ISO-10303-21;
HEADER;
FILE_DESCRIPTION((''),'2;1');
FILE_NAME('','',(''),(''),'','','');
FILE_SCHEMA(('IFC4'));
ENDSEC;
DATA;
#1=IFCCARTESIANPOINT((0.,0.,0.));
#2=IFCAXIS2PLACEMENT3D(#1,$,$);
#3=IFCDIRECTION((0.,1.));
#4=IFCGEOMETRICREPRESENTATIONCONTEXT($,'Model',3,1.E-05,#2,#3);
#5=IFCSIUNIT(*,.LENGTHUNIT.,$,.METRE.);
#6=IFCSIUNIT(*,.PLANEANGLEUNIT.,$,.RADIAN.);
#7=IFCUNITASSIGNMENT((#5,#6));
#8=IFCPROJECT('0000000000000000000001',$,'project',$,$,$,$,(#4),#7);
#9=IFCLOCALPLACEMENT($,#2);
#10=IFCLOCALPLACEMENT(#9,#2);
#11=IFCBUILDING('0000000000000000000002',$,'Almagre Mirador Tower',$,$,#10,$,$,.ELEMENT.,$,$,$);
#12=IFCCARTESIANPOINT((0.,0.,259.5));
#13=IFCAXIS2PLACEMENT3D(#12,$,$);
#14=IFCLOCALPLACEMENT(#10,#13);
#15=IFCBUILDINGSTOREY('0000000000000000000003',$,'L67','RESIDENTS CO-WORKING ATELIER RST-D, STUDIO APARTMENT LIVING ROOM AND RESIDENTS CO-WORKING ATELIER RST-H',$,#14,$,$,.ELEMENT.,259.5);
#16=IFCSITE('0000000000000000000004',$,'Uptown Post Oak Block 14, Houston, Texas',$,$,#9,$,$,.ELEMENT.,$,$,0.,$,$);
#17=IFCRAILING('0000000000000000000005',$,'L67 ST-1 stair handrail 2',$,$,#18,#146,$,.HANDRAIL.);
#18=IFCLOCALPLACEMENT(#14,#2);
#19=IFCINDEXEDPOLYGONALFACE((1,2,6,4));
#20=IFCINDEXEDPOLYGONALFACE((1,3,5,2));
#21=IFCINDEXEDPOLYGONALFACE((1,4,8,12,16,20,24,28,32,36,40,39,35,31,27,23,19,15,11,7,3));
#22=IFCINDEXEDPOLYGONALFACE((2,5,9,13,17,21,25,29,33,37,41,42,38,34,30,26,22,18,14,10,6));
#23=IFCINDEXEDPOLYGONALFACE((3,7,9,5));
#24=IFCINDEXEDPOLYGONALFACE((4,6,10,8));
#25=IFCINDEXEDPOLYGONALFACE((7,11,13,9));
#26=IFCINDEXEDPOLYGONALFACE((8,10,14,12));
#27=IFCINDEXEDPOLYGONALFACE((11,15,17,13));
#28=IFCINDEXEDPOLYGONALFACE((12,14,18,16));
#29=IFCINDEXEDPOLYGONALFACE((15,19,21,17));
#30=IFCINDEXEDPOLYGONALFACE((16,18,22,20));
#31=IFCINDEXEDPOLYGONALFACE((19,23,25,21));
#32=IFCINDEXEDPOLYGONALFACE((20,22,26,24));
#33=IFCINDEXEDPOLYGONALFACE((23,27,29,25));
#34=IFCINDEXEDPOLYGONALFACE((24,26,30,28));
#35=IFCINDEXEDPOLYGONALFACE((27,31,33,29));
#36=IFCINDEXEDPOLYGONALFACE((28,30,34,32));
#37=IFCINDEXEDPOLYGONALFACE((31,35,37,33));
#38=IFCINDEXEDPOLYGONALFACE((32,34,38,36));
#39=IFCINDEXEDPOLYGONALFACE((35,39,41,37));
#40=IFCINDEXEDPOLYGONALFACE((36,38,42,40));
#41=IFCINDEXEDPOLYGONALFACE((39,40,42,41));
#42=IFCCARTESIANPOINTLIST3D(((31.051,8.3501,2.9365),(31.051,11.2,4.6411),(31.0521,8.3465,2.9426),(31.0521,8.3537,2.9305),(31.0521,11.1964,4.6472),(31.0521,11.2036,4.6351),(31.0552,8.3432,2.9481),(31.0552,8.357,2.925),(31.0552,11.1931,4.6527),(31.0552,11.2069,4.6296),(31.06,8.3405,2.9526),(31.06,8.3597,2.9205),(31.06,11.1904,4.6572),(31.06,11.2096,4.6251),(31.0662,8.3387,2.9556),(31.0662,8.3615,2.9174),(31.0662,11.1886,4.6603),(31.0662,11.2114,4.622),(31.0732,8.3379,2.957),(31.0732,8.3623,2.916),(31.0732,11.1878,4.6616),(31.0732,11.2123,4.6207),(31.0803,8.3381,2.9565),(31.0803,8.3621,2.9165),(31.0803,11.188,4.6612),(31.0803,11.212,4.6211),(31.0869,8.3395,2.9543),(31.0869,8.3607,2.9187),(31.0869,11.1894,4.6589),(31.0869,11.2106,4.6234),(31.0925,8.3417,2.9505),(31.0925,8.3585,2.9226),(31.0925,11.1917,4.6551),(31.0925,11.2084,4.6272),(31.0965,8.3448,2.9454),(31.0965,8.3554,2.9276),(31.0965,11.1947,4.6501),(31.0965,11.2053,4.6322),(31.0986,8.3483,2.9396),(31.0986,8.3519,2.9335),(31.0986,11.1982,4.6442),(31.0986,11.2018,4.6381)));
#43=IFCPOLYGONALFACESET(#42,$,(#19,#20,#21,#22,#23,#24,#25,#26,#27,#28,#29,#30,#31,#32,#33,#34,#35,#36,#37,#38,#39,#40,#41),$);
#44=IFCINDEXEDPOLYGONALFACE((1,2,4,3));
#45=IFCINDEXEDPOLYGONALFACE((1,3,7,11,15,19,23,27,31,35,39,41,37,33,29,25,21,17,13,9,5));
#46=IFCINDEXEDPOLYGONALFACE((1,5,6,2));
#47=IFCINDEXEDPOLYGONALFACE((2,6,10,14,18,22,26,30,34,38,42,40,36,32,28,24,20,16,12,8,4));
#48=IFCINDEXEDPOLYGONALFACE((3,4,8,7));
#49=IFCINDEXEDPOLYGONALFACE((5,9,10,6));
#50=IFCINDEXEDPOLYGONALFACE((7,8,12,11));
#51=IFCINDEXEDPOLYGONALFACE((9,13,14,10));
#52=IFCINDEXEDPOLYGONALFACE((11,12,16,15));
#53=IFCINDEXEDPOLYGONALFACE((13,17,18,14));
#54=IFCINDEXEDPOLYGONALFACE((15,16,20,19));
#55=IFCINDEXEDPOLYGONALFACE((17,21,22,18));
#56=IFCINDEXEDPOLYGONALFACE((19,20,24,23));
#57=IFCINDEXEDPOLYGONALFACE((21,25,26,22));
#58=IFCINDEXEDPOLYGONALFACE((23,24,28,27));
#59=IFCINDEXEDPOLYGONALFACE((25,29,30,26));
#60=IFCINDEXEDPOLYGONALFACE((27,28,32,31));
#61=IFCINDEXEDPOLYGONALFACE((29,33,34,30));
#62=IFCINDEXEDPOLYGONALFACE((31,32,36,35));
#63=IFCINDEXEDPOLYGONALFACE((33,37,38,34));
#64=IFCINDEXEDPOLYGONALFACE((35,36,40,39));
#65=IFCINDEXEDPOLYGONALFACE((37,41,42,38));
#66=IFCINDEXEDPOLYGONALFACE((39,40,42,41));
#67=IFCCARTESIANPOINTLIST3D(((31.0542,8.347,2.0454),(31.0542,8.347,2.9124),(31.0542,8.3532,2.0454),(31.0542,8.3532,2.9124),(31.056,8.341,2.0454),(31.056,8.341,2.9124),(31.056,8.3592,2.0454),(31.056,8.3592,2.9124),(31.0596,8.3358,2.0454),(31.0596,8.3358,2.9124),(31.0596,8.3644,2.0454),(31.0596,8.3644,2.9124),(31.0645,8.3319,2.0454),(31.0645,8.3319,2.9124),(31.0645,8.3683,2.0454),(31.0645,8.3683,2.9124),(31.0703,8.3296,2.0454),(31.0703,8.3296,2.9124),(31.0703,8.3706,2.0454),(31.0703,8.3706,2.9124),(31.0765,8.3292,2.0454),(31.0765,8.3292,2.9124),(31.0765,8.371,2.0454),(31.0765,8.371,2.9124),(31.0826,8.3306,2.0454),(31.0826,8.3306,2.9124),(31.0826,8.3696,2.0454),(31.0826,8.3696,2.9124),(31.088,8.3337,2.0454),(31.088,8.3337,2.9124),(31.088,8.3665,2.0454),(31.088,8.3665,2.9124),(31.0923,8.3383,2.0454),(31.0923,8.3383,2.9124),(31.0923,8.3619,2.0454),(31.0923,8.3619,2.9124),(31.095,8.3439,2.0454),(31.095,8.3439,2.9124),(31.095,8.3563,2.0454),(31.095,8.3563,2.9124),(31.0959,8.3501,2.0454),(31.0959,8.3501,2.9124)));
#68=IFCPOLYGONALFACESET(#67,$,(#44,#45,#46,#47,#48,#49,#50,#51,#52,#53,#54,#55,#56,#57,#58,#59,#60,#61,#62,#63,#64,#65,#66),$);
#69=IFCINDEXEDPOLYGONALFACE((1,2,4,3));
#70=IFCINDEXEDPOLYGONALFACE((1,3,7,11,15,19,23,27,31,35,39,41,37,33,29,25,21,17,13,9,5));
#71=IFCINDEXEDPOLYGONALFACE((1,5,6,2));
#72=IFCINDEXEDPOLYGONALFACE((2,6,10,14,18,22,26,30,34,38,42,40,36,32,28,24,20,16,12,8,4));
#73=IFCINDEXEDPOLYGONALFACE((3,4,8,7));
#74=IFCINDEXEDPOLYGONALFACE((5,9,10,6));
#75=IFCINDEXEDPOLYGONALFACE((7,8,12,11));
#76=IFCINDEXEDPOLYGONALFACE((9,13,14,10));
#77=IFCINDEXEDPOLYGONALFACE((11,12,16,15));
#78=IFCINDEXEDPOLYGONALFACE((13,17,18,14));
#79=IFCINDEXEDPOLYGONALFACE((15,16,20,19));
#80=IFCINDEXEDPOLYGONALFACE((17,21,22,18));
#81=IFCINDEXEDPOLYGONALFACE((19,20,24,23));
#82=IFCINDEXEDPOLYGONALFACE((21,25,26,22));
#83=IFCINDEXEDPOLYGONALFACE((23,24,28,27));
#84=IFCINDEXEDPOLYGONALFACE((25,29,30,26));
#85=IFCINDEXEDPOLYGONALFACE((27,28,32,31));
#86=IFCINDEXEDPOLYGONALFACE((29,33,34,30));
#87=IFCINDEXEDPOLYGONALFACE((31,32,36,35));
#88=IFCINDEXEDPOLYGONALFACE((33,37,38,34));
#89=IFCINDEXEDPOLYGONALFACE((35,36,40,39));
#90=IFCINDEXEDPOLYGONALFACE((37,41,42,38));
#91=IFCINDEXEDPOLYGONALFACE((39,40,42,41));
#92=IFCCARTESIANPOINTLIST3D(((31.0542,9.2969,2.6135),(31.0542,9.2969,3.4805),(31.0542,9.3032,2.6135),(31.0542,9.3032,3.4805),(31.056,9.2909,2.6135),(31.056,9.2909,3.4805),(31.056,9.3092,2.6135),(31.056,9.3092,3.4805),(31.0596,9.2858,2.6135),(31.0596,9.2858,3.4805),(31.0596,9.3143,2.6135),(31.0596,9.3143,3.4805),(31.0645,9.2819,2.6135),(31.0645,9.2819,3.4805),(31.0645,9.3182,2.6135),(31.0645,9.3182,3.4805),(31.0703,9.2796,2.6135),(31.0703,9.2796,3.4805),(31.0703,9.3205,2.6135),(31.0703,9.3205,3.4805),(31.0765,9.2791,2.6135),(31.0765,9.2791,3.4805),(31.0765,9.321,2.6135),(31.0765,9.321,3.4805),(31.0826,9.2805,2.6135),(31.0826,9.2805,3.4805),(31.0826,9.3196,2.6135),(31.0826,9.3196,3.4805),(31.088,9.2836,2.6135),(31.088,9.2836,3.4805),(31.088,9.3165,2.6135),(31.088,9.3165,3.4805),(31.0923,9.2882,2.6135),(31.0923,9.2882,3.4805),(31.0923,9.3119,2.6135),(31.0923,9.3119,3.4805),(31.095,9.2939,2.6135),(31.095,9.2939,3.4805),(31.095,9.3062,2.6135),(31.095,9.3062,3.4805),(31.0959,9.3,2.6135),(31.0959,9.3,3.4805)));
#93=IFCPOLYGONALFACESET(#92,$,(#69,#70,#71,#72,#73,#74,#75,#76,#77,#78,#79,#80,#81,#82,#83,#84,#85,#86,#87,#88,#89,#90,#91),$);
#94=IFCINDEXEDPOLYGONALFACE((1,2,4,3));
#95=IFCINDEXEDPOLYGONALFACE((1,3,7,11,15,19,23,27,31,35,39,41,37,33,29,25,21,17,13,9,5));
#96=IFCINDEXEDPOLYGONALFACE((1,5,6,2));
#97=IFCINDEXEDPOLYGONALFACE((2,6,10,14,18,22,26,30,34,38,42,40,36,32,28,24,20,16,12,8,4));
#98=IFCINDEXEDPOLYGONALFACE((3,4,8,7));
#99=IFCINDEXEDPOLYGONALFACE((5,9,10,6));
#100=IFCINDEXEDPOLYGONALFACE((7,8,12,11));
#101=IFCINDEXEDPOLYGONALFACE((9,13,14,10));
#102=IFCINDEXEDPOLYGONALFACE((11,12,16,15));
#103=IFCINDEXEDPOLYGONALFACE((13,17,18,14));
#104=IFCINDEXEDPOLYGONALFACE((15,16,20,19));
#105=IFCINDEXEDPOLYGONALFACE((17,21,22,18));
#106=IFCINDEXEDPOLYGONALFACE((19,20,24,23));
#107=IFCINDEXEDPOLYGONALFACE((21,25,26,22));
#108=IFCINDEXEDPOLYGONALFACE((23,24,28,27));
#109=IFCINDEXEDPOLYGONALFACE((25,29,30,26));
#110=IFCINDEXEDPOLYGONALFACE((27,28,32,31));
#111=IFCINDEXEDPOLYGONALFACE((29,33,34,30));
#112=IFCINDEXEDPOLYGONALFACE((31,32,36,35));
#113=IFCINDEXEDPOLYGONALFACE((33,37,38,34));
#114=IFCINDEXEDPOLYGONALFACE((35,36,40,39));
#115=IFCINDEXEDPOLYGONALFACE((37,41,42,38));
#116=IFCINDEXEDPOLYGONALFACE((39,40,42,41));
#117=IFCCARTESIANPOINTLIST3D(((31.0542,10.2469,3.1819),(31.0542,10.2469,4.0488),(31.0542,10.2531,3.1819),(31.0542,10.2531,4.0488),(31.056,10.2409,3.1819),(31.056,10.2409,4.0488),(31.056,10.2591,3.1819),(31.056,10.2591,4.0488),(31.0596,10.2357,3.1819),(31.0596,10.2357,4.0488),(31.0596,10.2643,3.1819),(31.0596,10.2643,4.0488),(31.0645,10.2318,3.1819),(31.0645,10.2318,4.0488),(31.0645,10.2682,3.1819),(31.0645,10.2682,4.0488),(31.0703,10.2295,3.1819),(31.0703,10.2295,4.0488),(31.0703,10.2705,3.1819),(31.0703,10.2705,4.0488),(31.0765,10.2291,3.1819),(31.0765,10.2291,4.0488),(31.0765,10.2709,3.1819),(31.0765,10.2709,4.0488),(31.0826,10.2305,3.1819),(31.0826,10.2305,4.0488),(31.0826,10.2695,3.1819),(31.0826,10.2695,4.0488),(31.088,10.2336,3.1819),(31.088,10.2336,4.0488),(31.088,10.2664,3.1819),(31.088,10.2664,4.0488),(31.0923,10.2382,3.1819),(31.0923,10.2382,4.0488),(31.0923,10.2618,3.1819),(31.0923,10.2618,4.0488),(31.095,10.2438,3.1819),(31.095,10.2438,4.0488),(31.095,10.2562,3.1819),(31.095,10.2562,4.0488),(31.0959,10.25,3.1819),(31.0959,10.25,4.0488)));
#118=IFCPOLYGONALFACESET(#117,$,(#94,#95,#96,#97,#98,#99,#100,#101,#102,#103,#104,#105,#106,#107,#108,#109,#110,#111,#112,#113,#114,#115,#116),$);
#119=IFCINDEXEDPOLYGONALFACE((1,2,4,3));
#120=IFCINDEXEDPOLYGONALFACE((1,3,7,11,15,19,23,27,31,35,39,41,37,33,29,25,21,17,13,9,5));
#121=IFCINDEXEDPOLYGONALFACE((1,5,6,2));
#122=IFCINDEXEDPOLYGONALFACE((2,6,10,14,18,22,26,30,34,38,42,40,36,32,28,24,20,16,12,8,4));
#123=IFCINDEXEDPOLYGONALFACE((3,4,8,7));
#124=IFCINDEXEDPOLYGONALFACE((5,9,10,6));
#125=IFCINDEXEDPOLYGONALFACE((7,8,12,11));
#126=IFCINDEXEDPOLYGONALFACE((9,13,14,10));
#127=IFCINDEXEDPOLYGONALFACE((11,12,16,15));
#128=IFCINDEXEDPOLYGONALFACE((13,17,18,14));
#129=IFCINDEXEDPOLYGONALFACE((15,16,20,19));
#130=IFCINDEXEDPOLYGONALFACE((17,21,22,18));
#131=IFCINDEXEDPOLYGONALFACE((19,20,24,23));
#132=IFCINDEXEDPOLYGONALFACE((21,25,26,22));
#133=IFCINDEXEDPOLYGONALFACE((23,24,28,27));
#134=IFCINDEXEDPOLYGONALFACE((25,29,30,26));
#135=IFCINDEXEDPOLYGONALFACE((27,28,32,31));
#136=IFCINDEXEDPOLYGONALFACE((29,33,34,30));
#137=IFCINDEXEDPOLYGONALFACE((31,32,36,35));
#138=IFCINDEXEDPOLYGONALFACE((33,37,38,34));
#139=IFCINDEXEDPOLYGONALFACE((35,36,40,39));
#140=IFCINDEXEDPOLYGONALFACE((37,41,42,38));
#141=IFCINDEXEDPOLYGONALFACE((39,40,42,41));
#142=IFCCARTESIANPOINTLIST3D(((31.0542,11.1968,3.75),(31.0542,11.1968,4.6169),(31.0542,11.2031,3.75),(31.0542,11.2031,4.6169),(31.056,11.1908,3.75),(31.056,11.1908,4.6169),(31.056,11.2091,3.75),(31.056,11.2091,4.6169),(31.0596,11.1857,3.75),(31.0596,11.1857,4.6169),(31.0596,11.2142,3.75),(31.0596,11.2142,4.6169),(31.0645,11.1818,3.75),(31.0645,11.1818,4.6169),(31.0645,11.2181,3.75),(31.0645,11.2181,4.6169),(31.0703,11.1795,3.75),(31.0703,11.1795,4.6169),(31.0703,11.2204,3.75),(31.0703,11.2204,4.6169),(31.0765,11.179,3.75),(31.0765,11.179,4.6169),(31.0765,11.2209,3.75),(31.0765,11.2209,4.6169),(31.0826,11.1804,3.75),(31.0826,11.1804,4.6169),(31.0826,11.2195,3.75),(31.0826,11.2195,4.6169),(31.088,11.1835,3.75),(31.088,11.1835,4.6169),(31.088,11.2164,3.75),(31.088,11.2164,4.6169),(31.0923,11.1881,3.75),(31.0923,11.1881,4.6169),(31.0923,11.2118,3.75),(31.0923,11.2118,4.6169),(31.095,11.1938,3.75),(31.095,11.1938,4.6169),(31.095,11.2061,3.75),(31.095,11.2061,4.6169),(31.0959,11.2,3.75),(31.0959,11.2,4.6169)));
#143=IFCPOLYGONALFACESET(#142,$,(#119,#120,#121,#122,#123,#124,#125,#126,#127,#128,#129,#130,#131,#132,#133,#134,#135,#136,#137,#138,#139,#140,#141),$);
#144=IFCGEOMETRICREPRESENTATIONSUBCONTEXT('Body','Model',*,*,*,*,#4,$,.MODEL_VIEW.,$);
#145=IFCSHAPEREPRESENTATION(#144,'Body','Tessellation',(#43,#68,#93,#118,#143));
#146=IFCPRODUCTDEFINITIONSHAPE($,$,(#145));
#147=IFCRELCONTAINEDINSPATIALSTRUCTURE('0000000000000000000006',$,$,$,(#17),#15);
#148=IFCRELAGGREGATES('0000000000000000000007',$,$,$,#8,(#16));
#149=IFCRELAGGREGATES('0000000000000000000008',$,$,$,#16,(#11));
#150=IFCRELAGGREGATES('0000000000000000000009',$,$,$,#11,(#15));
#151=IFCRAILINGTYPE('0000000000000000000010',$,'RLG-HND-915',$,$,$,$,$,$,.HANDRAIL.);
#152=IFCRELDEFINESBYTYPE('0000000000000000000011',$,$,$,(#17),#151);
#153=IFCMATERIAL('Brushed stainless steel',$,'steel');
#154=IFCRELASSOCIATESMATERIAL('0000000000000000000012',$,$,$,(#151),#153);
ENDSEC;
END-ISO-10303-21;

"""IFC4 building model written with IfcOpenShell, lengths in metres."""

from ifc_helpers import new_model, si_unit, direction, frame, origin, origin_2d, place, context, subcontext, project, spatial, circle, extrude, material, type_object, element, save


model = new_model("IFC4")

# Units and contexts
model_context = context("Model", 3, precision=1e-05, world=origin(), true_north=direction((0.0, 1.0)))
body_context = subcontext(model_context, "Body", "Model", "MODEL_VIEW")
ifc_project = project(units=[si_unit("LENGTHUNIT", "METRE"), si_unit("PLANEANGLEUNIT", "RADIAN")], contexts=[model_context])

# Site, building, storey
site_placement = place(None, origin())
site = spatial("IfcSite", under=ifc_project, at=site_placement, Name="Uptown Post Oak Block 14, Houston, Texas", CompositionType="ELEMENT", RefElevation=0.0)
building_placement = place(site_placement, origin())
building = spatial("IfcBuilding", under=site, at=building_placement, Name="Almagre Mirador Tower", CompositionType="ELEMENT")
storey_placement = place(building_placement, frame((0.0, 0.0, 259.5)))
storey = spatial("IfcBuildingStorey", under=building, at=storey_placement, Name="L67", Description="RESIDENTS CO-WORKING ATELIER RST-D, STUDIO APARTMENT LIVING ROOM AND RESIDENTS CO-WORKING ATELIER RST-H", CompositionType="ELEMENT", Elevation=259.5)

# Railing
ifc_material_1 = material(Name="Brushed stainless steel", Category="steel")
railing_type_1 = type_object("IfcRailingType", Name="RLG-HND-915", PredefinedType="HANDRAIL", material=ifc_material_1)
railing_1_placement = place(storey_placement, frame((31.075, 8.3501, 2.0454)))
element("IfcRailing", 1, at=railing_1_placement, inside=storey, type_object=railing_type_1, Name="L67 ST-1 stair handrail 2", PredefinedType="HANDRAIL", context=body_context, shape_type="SweptSolid", body=[
    extrude(circle(Radius=0.0239, at=origin_2d()), frame((0.0, 0.0, 0.8911), z_axis=(0.0, 0.858199, 0.513317), x_axis=(-1.0, 0.0, 0.0)), (0.0, 0.0, 1.0), 3.3208),
    extrude(circle(Radius=0.021, at=origin_2d()), origin(), (0.0, 0.0, 1.0), 0.8669),
    extrude(circle(Radius=0.021, at=origin_2d()), frame((0.0, 0.95, 0.5681)), (0.0, 0.0, 1.0), 0.8669),
    extrude(circle(Radius=0.021, at=origin_2d()), frame((0.0, 1.8999, 1.1365)), (0.0, 0.0, 1.0), 0.8669),
    extrude(circle(Radius=0.021, at=origin_2d()), frame((0.0, 2.8499, 1.7046)), (0.0, 0.0, 1.0), 0.8669),
])

save(model, "model.ifc")
